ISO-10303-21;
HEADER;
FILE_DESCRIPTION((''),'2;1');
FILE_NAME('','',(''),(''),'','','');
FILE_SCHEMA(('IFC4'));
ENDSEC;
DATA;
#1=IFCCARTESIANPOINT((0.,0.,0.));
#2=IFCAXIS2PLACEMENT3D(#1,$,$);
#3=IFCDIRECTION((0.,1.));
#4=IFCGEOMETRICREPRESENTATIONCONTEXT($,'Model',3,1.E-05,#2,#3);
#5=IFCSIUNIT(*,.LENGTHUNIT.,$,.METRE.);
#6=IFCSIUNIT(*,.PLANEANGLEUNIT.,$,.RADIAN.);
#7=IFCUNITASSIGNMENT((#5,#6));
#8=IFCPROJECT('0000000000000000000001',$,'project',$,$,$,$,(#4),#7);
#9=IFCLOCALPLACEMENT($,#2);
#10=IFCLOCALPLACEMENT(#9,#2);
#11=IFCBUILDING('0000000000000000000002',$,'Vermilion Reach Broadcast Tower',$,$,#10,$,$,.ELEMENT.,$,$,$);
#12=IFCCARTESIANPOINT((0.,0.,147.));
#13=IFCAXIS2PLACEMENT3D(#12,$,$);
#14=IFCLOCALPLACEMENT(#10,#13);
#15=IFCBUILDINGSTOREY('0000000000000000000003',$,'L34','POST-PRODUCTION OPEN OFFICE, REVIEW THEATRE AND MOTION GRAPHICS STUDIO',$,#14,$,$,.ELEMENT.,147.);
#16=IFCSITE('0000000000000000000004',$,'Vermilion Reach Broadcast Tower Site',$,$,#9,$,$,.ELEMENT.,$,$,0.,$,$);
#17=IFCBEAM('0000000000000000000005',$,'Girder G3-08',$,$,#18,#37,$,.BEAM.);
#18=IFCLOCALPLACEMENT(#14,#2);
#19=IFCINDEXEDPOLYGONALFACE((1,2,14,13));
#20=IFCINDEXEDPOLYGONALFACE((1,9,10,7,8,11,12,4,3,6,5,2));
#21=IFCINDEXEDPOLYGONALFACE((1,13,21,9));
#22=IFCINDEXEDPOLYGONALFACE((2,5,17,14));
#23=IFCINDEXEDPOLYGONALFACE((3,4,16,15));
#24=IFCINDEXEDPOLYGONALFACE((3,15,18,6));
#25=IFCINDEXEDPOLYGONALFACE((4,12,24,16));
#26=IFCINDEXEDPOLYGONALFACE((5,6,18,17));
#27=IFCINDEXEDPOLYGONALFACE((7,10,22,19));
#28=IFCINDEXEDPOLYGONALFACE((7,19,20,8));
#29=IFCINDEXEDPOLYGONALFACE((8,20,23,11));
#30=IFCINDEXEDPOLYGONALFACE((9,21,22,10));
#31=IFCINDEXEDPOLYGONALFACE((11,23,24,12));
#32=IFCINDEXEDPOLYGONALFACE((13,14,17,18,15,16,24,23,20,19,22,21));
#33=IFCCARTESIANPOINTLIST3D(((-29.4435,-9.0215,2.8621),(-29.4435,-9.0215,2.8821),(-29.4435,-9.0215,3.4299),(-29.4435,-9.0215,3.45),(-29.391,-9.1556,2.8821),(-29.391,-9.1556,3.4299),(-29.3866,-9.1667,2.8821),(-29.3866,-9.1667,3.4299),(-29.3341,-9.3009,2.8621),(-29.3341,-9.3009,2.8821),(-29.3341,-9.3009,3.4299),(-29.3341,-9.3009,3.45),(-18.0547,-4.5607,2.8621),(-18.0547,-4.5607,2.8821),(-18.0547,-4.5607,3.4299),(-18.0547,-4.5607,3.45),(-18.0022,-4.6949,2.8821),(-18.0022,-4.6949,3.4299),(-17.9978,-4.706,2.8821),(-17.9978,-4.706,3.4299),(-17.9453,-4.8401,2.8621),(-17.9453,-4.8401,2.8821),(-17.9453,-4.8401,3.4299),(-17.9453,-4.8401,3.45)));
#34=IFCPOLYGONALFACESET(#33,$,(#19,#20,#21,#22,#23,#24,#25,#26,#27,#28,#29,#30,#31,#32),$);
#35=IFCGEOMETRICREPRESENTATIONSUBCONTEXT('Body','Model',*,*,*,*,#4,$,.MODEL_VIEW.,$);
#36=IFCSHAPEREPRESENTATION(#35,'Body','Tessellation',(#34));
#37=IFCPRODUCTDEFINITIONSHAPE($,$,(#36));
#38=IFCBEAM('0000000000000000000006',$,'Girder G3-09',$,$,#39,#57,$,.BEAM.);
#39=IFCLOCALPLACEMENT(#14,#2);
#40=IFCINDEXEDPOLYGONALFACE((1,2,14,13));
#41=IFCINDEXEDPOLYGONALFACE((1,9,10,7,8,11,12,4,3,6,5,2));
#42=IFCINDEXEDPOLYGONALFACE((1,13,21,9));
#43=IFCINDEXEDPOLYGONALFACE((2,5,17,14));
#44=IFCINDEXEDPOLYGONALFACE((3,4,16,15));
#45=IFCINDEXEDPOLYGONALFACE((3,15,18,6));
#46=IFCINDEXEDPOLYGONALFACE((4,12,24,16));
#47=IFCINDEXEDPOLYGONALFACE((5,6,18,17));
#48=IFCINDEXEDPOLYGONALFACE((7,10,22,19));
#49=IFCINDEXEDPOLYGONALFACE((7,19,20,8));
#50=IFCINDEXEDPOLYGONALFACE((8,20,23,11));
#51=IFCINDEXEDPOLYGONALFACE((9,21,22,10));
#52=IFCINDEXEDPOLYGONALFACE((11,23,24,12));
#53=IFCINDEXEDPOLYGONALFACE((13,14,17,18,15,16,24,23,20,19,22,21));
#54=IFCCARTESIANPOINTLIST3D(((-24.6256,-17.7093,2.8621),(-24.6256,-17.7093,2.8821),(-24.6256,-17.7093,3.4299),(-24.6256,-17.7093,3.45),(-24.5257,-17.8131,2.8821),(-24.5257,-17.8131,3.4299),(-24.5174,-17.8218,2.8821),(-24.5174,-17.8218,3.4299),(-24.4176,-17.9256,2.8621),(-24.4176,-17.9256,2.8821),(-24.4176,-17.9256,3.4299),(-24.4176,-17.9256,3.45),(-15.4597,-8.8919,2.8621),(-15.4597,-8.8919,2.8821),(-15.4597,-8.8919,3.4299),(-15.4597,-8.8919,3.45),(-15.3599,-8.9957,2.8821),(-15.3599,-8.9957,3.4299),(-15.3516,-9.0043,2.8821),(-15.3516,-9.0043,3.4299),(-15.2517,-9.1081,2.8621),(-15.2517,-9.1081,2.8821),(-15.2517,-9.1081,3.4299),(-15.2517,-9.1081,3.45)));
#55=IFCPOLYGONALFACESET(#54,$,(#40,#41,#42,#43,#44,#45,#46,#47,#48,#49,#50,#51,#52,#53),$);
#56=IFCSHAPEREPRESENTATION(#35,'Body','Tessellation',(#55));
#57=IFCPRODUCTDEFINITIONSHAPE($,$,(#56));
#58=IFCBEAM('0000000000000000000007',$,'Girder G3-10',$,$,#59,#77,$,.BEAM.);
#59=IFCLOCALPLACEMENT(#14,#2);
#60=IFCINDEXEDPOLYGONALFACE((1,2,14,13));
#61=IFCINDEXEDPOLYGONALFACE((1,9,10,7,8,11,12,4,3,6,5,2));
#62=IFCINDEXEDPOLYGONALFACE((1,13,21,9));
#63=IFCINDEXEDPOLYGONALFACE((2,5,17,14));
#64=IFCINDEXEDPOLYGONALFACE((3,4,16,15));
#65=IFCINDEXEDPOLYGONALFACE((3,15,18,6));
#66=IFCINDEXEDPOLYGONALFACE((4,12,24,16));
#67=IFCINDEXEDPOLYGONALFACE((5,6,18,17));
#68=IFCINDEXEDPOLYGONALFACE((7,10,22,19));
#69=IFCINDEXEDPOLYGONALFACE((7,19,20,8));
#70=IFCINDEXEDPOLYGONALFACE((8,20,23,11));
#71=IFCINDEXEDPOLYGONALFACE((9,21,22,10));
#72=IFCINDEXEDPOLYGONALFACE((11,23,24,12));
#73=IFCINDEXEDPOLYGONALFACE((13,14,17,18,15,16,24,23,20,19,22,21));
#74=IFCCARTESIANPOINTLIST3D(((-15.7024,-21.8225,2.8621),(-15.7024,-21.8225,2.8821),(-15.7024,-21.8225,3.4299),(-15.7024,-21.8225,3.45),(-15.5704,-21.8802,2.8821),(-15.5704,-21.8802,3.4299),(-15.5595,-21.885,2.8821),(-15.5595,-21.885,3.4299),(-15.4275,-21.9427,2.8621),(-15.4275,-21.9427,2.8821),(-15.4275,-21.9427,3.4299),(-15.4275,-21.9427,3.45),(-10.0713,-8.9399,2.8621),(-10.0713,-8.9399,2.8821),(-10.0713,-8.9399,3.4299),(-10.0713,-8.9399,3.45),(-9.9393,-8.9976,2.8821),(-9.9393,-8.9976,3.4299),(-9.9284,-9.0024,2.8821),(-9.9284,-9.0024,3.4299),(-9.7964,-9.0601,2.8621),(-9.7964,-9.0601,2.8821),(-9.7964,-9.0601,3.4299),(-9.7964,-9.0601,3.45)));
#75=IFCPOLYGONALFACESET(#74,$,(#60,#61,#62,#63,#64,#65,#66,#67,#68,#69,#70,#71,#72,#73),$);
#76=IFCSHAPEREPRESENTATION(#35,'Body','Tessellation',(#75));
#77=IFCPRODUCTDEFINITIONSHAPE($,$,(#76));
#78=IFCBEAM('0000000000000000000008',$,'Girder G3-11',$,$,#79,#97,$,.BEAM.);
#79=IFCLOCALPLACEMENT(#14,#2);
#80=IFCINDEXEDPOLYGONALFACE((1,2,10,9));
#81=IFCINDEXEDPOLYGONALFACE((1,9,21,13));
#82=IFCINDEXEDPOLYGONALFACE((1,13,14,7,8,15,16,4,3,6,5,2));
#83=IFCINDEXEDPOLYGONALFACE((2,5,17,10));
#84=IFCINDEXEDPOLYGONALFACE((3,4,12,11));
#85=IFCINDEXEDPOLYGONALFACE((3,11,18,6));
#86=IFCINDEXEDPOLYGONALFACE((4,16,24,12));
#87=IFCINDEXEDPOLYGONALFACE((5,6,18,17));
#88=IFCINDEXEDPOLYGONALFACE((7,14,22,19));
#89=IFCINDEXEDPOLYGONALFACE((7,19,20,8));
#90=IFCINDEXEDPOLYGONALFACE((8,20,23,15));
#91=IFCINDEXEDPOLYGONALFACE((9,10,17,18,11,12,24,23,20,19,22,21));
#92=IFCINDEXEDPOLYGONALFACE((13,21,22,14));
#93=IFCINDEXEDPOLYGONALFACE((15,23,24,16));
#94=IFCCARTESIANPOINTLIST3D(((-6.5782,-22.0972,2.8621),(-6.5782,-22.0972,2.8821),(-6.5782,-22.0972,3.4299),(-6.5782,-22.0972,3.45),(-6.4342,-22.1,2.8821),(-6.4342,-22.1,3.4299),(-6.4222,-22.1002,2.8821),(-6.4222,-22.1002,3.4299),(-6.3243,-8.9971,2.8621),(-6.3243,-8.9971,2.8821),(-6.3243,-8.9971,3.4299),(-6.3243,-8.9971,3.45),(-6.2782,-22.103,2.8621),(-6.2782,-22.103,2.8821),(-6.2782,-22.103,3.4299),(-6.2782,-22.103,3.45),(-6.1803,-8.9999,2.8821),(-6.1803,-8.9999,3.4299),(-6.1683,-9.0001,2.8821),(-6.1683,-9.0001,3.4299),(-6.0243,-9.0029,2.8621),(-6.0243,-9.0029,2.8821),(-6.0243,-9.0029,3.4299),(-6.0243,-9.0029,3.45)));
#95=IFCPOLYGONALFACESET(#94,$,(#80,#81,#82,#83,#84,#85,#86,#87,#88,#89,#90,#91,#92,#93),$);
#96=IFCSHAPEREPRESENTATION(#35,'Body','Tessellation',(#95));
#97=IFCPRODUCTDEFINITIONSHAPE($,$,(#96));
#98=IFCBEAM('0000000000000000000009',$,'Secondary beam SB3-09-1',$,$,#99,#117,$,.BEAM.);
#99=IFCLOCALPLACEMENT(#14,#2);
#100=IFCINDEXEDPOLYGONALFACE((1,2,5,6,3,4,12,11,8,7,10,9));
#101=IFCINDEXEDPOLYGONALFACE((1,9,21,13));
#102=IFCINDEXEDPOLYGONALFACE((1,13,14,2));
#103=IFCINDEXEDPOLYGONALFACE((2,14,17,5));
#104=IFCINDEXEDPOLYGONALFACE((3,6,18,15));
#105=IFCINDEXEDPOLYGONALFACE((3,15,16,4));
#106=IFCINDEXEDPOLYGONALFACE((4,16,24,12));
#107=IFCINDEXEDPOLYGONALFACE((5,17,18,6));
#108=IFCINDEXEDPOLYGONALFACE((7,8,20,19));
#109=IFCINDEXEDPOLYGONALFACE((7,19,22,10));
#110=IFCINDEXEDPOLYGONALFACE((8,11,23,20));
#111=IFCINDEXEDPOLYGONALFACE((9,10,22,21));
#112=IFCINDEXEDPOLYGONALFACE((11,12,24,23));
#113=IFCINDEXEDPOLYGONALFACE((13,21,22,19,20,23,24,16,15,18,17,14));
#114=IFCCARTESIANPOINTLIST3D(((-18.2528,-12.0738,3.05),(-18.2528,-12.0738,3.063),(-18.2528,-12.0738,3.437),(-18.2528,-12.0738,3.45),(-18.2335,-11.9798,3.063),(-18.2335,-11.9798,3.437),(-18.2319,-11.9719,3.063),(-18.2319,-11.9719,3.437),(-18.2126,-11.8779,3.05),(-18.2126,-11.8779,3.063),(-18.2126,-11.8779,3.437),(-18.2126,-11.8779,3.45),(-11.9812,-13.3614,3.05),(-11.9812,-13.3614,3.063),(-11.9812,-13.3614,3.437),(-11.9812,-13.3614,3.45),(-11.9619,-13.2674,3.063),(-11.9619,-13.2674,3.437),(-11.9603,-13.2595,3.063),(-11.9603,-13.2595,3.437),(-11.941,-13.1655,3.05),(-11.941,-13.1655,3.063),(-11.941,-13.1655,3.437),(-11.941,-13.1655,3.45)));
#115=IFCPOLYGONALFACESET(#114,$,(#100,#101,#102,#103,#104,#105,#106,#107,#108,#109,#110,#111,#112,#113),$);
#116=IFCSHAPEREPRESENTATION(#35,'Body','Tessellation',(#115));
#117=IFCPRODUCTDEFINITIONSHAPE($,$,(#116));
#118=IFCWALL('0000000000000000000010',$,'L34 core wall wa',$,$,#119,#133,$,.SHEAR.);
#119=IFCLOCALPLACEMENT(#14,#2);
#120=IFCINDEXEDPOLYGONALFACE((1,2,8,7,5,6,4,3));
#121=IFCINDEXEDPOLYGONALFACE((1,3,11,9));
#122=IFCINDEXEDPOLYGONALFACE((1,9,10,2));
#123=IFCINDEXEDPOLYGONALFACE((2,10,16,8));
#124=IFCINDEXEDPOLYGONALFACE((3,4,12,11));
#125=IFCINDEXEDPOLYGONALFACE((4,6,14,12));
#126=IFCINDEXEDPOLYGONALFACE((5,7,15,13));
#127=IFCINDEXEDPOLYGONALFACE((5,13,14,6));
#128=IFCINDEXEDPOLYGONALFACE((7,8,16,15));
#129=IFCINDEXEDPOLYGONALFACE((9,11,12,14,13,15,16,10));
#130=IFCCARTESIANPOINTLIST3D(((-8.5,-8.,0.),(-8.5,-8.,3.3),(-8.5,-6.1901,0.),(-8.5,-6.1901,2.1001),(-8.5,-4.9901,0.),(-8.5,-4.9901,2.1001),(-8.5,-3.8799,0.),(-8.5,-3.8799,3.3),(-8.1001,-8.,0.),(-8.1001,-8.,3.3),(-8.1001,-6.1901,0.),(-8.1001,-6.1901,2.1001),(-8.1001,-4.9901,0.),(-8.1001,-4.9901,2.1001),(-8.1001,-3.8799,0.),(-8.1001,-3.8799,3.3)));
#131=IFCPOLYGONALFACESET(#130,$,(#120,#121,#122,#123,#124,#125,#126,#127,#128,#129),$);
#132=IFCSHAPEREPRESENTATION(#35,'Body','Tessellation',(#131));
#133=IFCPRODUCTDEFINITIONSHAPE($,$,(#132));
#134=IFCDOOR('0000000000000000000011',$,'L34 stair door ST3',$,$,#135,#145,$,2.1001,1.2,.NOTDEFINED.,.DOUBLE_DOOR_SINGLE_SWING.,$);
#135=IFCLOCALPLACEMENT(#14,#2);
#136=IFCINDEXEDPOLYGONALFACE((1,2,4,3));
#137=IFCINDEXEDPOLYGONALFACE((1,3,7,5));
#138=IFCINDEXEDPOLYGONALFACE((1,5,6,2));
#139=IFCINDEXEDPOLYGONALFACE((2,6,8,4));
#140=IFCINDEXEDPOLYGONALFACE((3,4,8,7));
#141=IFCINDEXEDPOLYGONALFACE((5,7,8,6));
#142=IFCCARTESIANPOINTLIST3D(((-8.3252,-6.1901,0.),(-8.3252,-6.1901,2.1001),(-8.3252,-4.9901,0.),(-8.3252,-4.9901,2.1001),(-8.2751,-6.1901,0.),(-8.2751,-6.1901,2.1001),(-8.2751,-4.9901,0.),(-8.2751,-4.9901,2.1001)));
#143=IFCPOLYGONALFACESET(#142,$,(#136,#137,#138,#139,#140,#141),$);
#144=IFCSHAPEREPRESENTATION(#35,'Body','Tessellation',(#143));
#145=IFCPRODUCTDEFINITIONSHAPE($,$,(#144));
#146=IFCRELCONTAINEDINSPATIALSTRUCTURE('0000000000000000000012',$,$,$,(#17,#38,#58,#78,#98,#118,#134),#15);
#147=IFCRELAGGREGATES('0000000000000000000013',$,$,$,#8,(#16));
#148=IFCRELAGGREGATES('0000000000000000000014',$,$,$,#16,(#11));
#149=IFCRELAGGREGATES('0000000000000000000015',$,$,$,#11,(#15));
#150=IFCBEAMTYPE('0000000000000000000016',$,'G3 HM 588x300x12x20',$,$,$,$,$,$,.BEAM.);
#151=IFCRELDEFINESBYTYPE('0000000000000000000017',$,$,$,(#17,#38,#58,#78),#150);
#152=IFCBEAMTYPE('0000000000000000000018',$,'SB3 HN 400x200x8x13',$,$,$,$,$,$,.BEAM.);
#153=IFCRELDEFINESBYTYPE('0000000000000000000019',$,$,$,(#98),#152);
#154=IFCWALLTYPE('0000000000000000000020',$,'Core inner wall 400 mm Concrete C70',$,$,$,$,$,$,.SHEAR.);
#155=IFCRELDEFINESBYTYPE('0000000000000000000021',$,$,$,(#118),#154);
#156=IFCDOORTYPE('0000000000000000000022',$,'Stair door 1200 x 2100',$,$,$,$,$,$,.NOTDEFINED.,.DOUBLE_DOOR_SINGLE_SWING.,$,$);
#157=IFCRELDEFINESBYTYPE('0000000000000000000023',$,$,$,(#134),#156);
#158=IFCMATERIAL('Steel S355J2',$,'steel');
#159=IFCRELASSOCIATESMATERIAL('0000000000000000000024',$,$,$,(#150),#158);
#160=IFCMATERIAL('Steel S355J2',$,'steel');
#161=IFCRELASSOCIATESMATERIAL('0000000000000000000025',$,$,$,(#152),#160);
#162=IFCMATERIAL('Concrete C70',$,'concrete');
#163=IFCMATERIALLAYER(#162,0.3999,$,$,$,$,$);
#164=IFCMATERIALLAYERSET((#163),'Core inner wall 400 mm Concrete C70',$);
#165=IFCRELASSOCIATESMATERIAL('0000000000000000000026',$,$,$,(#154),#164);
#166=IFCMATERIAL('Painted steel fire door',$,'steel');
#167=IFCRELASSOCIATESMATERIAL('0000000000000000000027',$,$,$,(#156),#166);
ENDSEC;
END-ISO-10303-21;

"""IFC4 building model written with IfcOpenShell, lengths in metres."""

from ifc_helpers import new_model, si_unit, direction, frame, frame_2d, origin, origin_2d, place, context, subcontext, project, spatial, rectangle, i_section, extrude, material, layer, layer_set, material_profile, profile_set, type_object, element, fill, save


model = new_model("IFC4")

# Units and contexts
model_context = context("Model", 3, precision=1e-05, world=origin(), true_north=direction((0.0, 1.0)))
body_context = subcontext(model_context, "Body", "Model", "MODEL_VIEW")
ifc_project = project(units=[si_unit("LENGTHUNIT", "METRE"), si_unit("PLANEANGLEUNIT", "RADIAN")], contexts=[model_context])

# Site, building, storey
site_placement = place(None, origin())
site = spatial("IfcSite", under=ifc_project, at=site_placement, Name="Vermilion Reach Broadcast Tower Site", CompositionType="ELEMENT", RefElevation=0.0)
building_placement = place(site_placement, origin())
building = spatial("IfcBuilding", under=site, at=building_placement, Name="Vermilion Reach Broadcast Tower", CompositionType="ELEMENT")
storey_placement = place(building_placement, frame((0.0, 0.0, 147.0)))
storey = spatial("IfcBuildingStorey", under=building, at=storey_placement, Name="L34", Description="POST-PRODUCTION OPEN OFFICE, REVIEW THEATRE AND MOTION GRAPHICS STUDIO", CompositionType="ELEMENT", Elevation=147.0)

# Beams
ifc_material_1 = material(Name="Steel S355J2", Category="steel")
ifc_material_profile_1 = material_profile(ifc_material_1, i_section(OverallWidth=0.3, OverallDepth=0.5879, WebThickness=0.012, FlangeThickness=0.02, at=origin_2d()), Name="S355J2 HM 588x300x12x20")
ifc_profile_set_1 = profile_set([ifc_material_profile_1], Name="Steel S355J2")
beam_type_1 = type_object("IfcBeamType", Name="G3 HM 588x300x12x20", PredefinedType="BEAM", material=ifc_profile_set_1)
beam_1_placement = place(storey_placement, frame((-18.0, -4.7004, 3.156), z_axis=(-0.931125, -0.364701, 0.0), x_axis=(0.364701, -0.931125, 0.0)))
element("IfcBeam", 1, at=beam_1_placement, inside=storey, type_object=beam_type_1, Name="Girder G3-08", PredefinedType="BEAM", context=body_context, shape_type="SweptSolid", body=[
    extrude(i_section(OverallWidth=0.3, OverallDepth=0.5879, WebThickness=0.012, FlangeThickness=0.02, at=origin_2d()), origin(), (0.0, 0.0, 1.0), 12.2312),
])
beam_2_placement = place(storey_placement, frame((-15.3557, -9.0, 3.156), z_axis=(-0.72067, -0.693278, 0.0), x_axis=(0.693278, -0.72067, 0.0)))
element("IfcBeam", 2, at=beam_2_placement, inside=storey, type_object=beam_type_1, Name="Girder G3-09", PredefinedType="BEAM", context=body_context, shape_type="SweptSolid", body=[
    extrude(i_section(OverallWidth=0.3, OverallDepth=0.5879, WebThickness=0.012, FlangeThickness=0.02, at=origin_2d()), origin(), (0.0, 0.0, 1.0), 12.7185),
])
beam_3_placement = place(storey_placement, frame((-9.9338, -9.0, 3.156), z_axis=(-0.400519, -0.916288, 0.0), x_axis=(0.916288, -0.400519, 0.0)))
element("IfcBeam", 3, at=beam_3_placement, inside=storey, type_object=beam_type_1, Name="Girder G3-10", PredefinedType="BEAM", context=body_context, shape_type="SweptSolid", body=[
    extrude(i_section(OverallWidth=0.3, OverallDepth=0.5879, WebThickness=0.012, FlangeThickness=0.02, at=origin_2d()), origin(), (0.0, 0.0, 1.0), 14.0596),
])
beam_4_placement = place(storey_placement, frame((-6.1743, -9.0, 3.156), z_axis=(-0.019378, -0.999812, 0.0), x_axis=(0.999812, -0.019378, 0.0)))
element("IfcBeam", 4, at=beam_4_placement, inside=storey, type_object=beam_type_1, Name="Girder G3-11", PredefinedType="BEAM", context=body_context, shape_type="SweptSolid", body=[
    extrude(i_section(OverallWidth=0.3, OverallDepth=0.5879, WebThickness=0.012, FlangeThickness=0.02, at=origin_2d()), origin(), (0.0, 0.0, 1.0), 13.1025),
])
ifc_material_2 = material(Name="Steel S355J2", Category="steel")
ifc_material_profile_2 = material_profile(ifc_material_2, i_section(OverallWidth=0.2, OverallDepth=0.3999, WebThickness=0.0081, FlangeThickness=0.0129, at=origin_2d()), Name="S355J2 HN 400x200x8x13")
ifc_profile_set_2 = profile_set([ifc_material_profile_2], Name="Steel S355J2")
beam_type_2 = type_object("IfcBeamType", Name="SB3 HN 400x200x8x13", PredefinedType="BEAM", material=ifc_profile_set_2)
beam_5_placement = place(storey_placement, frame((-18.2327, -11.9758, 3.25), z_axis=(0.979568, -0.201115, 0.0), x_axis=(0.201115, 0.979568, 0.0)))
element("IfcBeam", 5, at=beam_5_placement, inside=storey, type_object=beam_type_2, Name="Secondary beam SB3-09-1", PredefinedType="BEAM", context=body_context, shape_type="SweptSolid", body=[
    extrude(i_section(OverallWidth=0.2, OverallDepth=0.3999, WebThickness=0.0081, FlangeThickness=0.0129, at=origin_2d()), origin(), (0.0, 0.0, 1.0), 6.4023),
])

# Wall, opening, door
ifc_material_3 = material(Name="Concrete C70", Category="concrete")
ifc_layer_1 = layer(ifc_material_3, 0.3999)
ifc_layer_set_1 = layer_set([ifc_layer_1], Name="Core inner wall 400 mm Concrete C70")
wall_type_1 = type_object("IfcWallType", Name="Core inner wall 400 mm Concrete C70", PredefinedType="SHEAR", material=ifc_layer_set_1)
wall_1_placement = place(storey_placement, frame((-8.3, -3.8799, 0.0), z_axis=(0.0, 0.0, 1.0), x_axis=(0.0, -1.0, 0.0)))
wall_1 = element("IfcWall", 6, at=wall_1_placement, inside=storey, type_object=wall_type_1, Name="L34 core wall wa", PredefinedType="SHEAR", context=body_context, shape_type="SweptSolid", body=[
    extrude(rectangle(XDim=4.1201, YDim=0.3999, at=frame_2d((2.0601, 0.0))), origin(), (0.0, 0.0, 1.0), 3.3),
])
opening_1_placement = place(wall_1_placement, frame((1.1101, 0.0, 0.0)))
opening_1 = element("IfcOpeningElement", 7, at=opening_1_placement, cuts=wall_1, PredefinedType="OPENING", context=body_context, shape_type="SweptSolid", body=[
    extrude(rectangle(XDim=1.2, YDim=2.1001, at=frame_2d((0.6001, 1.05))), frame((0.0, 0.21, 0.0), z_axis=(0.0, -1.0, 0.0), x_axis=(1.0, 0.0, 0.0)), (0.0, 0.0, 1.0), 0.4199),
])
ifc_material_4 = material(Name="Painted steel fire door", Category="steel")
door_type_1 = type_object("IfcDoorType", Name="Stair door 1200 x 2100", OperationType="DOUBLE_DOOR_SINGLE_SWING", PredefinedType="NOTDEFINED", material=ifc_material_4)
door_1_placement = place(opening_1_placement, origin())
door_1 = element("IfcDoor", 8, at=door_1_placement, inside=storey, type_object=door_type_1, Name="L34 stair door ST3", OperationType="DOUBLE_DOOR_SINGLE_SWING", OverallHeight=2.1001, OverallWidth=1.2, PredefinedType="NOTDEFINED", context=body_context, shape_type="SweptSolid", body=[
    extrude(rectangle(XDim=1.2, YDim=2.1001, at=frame_2d((0.6001, 1.05))), frame((0.0, 0.0249, 0.0), z_axis=(0.0, -1.0, 0.0), x_axis=(1.0, 0.0, 0.0)), (0.0, 0.0, 1.0), 0.05),
])
fill(opening_1, door_1)

save(model, "model.ifc")
